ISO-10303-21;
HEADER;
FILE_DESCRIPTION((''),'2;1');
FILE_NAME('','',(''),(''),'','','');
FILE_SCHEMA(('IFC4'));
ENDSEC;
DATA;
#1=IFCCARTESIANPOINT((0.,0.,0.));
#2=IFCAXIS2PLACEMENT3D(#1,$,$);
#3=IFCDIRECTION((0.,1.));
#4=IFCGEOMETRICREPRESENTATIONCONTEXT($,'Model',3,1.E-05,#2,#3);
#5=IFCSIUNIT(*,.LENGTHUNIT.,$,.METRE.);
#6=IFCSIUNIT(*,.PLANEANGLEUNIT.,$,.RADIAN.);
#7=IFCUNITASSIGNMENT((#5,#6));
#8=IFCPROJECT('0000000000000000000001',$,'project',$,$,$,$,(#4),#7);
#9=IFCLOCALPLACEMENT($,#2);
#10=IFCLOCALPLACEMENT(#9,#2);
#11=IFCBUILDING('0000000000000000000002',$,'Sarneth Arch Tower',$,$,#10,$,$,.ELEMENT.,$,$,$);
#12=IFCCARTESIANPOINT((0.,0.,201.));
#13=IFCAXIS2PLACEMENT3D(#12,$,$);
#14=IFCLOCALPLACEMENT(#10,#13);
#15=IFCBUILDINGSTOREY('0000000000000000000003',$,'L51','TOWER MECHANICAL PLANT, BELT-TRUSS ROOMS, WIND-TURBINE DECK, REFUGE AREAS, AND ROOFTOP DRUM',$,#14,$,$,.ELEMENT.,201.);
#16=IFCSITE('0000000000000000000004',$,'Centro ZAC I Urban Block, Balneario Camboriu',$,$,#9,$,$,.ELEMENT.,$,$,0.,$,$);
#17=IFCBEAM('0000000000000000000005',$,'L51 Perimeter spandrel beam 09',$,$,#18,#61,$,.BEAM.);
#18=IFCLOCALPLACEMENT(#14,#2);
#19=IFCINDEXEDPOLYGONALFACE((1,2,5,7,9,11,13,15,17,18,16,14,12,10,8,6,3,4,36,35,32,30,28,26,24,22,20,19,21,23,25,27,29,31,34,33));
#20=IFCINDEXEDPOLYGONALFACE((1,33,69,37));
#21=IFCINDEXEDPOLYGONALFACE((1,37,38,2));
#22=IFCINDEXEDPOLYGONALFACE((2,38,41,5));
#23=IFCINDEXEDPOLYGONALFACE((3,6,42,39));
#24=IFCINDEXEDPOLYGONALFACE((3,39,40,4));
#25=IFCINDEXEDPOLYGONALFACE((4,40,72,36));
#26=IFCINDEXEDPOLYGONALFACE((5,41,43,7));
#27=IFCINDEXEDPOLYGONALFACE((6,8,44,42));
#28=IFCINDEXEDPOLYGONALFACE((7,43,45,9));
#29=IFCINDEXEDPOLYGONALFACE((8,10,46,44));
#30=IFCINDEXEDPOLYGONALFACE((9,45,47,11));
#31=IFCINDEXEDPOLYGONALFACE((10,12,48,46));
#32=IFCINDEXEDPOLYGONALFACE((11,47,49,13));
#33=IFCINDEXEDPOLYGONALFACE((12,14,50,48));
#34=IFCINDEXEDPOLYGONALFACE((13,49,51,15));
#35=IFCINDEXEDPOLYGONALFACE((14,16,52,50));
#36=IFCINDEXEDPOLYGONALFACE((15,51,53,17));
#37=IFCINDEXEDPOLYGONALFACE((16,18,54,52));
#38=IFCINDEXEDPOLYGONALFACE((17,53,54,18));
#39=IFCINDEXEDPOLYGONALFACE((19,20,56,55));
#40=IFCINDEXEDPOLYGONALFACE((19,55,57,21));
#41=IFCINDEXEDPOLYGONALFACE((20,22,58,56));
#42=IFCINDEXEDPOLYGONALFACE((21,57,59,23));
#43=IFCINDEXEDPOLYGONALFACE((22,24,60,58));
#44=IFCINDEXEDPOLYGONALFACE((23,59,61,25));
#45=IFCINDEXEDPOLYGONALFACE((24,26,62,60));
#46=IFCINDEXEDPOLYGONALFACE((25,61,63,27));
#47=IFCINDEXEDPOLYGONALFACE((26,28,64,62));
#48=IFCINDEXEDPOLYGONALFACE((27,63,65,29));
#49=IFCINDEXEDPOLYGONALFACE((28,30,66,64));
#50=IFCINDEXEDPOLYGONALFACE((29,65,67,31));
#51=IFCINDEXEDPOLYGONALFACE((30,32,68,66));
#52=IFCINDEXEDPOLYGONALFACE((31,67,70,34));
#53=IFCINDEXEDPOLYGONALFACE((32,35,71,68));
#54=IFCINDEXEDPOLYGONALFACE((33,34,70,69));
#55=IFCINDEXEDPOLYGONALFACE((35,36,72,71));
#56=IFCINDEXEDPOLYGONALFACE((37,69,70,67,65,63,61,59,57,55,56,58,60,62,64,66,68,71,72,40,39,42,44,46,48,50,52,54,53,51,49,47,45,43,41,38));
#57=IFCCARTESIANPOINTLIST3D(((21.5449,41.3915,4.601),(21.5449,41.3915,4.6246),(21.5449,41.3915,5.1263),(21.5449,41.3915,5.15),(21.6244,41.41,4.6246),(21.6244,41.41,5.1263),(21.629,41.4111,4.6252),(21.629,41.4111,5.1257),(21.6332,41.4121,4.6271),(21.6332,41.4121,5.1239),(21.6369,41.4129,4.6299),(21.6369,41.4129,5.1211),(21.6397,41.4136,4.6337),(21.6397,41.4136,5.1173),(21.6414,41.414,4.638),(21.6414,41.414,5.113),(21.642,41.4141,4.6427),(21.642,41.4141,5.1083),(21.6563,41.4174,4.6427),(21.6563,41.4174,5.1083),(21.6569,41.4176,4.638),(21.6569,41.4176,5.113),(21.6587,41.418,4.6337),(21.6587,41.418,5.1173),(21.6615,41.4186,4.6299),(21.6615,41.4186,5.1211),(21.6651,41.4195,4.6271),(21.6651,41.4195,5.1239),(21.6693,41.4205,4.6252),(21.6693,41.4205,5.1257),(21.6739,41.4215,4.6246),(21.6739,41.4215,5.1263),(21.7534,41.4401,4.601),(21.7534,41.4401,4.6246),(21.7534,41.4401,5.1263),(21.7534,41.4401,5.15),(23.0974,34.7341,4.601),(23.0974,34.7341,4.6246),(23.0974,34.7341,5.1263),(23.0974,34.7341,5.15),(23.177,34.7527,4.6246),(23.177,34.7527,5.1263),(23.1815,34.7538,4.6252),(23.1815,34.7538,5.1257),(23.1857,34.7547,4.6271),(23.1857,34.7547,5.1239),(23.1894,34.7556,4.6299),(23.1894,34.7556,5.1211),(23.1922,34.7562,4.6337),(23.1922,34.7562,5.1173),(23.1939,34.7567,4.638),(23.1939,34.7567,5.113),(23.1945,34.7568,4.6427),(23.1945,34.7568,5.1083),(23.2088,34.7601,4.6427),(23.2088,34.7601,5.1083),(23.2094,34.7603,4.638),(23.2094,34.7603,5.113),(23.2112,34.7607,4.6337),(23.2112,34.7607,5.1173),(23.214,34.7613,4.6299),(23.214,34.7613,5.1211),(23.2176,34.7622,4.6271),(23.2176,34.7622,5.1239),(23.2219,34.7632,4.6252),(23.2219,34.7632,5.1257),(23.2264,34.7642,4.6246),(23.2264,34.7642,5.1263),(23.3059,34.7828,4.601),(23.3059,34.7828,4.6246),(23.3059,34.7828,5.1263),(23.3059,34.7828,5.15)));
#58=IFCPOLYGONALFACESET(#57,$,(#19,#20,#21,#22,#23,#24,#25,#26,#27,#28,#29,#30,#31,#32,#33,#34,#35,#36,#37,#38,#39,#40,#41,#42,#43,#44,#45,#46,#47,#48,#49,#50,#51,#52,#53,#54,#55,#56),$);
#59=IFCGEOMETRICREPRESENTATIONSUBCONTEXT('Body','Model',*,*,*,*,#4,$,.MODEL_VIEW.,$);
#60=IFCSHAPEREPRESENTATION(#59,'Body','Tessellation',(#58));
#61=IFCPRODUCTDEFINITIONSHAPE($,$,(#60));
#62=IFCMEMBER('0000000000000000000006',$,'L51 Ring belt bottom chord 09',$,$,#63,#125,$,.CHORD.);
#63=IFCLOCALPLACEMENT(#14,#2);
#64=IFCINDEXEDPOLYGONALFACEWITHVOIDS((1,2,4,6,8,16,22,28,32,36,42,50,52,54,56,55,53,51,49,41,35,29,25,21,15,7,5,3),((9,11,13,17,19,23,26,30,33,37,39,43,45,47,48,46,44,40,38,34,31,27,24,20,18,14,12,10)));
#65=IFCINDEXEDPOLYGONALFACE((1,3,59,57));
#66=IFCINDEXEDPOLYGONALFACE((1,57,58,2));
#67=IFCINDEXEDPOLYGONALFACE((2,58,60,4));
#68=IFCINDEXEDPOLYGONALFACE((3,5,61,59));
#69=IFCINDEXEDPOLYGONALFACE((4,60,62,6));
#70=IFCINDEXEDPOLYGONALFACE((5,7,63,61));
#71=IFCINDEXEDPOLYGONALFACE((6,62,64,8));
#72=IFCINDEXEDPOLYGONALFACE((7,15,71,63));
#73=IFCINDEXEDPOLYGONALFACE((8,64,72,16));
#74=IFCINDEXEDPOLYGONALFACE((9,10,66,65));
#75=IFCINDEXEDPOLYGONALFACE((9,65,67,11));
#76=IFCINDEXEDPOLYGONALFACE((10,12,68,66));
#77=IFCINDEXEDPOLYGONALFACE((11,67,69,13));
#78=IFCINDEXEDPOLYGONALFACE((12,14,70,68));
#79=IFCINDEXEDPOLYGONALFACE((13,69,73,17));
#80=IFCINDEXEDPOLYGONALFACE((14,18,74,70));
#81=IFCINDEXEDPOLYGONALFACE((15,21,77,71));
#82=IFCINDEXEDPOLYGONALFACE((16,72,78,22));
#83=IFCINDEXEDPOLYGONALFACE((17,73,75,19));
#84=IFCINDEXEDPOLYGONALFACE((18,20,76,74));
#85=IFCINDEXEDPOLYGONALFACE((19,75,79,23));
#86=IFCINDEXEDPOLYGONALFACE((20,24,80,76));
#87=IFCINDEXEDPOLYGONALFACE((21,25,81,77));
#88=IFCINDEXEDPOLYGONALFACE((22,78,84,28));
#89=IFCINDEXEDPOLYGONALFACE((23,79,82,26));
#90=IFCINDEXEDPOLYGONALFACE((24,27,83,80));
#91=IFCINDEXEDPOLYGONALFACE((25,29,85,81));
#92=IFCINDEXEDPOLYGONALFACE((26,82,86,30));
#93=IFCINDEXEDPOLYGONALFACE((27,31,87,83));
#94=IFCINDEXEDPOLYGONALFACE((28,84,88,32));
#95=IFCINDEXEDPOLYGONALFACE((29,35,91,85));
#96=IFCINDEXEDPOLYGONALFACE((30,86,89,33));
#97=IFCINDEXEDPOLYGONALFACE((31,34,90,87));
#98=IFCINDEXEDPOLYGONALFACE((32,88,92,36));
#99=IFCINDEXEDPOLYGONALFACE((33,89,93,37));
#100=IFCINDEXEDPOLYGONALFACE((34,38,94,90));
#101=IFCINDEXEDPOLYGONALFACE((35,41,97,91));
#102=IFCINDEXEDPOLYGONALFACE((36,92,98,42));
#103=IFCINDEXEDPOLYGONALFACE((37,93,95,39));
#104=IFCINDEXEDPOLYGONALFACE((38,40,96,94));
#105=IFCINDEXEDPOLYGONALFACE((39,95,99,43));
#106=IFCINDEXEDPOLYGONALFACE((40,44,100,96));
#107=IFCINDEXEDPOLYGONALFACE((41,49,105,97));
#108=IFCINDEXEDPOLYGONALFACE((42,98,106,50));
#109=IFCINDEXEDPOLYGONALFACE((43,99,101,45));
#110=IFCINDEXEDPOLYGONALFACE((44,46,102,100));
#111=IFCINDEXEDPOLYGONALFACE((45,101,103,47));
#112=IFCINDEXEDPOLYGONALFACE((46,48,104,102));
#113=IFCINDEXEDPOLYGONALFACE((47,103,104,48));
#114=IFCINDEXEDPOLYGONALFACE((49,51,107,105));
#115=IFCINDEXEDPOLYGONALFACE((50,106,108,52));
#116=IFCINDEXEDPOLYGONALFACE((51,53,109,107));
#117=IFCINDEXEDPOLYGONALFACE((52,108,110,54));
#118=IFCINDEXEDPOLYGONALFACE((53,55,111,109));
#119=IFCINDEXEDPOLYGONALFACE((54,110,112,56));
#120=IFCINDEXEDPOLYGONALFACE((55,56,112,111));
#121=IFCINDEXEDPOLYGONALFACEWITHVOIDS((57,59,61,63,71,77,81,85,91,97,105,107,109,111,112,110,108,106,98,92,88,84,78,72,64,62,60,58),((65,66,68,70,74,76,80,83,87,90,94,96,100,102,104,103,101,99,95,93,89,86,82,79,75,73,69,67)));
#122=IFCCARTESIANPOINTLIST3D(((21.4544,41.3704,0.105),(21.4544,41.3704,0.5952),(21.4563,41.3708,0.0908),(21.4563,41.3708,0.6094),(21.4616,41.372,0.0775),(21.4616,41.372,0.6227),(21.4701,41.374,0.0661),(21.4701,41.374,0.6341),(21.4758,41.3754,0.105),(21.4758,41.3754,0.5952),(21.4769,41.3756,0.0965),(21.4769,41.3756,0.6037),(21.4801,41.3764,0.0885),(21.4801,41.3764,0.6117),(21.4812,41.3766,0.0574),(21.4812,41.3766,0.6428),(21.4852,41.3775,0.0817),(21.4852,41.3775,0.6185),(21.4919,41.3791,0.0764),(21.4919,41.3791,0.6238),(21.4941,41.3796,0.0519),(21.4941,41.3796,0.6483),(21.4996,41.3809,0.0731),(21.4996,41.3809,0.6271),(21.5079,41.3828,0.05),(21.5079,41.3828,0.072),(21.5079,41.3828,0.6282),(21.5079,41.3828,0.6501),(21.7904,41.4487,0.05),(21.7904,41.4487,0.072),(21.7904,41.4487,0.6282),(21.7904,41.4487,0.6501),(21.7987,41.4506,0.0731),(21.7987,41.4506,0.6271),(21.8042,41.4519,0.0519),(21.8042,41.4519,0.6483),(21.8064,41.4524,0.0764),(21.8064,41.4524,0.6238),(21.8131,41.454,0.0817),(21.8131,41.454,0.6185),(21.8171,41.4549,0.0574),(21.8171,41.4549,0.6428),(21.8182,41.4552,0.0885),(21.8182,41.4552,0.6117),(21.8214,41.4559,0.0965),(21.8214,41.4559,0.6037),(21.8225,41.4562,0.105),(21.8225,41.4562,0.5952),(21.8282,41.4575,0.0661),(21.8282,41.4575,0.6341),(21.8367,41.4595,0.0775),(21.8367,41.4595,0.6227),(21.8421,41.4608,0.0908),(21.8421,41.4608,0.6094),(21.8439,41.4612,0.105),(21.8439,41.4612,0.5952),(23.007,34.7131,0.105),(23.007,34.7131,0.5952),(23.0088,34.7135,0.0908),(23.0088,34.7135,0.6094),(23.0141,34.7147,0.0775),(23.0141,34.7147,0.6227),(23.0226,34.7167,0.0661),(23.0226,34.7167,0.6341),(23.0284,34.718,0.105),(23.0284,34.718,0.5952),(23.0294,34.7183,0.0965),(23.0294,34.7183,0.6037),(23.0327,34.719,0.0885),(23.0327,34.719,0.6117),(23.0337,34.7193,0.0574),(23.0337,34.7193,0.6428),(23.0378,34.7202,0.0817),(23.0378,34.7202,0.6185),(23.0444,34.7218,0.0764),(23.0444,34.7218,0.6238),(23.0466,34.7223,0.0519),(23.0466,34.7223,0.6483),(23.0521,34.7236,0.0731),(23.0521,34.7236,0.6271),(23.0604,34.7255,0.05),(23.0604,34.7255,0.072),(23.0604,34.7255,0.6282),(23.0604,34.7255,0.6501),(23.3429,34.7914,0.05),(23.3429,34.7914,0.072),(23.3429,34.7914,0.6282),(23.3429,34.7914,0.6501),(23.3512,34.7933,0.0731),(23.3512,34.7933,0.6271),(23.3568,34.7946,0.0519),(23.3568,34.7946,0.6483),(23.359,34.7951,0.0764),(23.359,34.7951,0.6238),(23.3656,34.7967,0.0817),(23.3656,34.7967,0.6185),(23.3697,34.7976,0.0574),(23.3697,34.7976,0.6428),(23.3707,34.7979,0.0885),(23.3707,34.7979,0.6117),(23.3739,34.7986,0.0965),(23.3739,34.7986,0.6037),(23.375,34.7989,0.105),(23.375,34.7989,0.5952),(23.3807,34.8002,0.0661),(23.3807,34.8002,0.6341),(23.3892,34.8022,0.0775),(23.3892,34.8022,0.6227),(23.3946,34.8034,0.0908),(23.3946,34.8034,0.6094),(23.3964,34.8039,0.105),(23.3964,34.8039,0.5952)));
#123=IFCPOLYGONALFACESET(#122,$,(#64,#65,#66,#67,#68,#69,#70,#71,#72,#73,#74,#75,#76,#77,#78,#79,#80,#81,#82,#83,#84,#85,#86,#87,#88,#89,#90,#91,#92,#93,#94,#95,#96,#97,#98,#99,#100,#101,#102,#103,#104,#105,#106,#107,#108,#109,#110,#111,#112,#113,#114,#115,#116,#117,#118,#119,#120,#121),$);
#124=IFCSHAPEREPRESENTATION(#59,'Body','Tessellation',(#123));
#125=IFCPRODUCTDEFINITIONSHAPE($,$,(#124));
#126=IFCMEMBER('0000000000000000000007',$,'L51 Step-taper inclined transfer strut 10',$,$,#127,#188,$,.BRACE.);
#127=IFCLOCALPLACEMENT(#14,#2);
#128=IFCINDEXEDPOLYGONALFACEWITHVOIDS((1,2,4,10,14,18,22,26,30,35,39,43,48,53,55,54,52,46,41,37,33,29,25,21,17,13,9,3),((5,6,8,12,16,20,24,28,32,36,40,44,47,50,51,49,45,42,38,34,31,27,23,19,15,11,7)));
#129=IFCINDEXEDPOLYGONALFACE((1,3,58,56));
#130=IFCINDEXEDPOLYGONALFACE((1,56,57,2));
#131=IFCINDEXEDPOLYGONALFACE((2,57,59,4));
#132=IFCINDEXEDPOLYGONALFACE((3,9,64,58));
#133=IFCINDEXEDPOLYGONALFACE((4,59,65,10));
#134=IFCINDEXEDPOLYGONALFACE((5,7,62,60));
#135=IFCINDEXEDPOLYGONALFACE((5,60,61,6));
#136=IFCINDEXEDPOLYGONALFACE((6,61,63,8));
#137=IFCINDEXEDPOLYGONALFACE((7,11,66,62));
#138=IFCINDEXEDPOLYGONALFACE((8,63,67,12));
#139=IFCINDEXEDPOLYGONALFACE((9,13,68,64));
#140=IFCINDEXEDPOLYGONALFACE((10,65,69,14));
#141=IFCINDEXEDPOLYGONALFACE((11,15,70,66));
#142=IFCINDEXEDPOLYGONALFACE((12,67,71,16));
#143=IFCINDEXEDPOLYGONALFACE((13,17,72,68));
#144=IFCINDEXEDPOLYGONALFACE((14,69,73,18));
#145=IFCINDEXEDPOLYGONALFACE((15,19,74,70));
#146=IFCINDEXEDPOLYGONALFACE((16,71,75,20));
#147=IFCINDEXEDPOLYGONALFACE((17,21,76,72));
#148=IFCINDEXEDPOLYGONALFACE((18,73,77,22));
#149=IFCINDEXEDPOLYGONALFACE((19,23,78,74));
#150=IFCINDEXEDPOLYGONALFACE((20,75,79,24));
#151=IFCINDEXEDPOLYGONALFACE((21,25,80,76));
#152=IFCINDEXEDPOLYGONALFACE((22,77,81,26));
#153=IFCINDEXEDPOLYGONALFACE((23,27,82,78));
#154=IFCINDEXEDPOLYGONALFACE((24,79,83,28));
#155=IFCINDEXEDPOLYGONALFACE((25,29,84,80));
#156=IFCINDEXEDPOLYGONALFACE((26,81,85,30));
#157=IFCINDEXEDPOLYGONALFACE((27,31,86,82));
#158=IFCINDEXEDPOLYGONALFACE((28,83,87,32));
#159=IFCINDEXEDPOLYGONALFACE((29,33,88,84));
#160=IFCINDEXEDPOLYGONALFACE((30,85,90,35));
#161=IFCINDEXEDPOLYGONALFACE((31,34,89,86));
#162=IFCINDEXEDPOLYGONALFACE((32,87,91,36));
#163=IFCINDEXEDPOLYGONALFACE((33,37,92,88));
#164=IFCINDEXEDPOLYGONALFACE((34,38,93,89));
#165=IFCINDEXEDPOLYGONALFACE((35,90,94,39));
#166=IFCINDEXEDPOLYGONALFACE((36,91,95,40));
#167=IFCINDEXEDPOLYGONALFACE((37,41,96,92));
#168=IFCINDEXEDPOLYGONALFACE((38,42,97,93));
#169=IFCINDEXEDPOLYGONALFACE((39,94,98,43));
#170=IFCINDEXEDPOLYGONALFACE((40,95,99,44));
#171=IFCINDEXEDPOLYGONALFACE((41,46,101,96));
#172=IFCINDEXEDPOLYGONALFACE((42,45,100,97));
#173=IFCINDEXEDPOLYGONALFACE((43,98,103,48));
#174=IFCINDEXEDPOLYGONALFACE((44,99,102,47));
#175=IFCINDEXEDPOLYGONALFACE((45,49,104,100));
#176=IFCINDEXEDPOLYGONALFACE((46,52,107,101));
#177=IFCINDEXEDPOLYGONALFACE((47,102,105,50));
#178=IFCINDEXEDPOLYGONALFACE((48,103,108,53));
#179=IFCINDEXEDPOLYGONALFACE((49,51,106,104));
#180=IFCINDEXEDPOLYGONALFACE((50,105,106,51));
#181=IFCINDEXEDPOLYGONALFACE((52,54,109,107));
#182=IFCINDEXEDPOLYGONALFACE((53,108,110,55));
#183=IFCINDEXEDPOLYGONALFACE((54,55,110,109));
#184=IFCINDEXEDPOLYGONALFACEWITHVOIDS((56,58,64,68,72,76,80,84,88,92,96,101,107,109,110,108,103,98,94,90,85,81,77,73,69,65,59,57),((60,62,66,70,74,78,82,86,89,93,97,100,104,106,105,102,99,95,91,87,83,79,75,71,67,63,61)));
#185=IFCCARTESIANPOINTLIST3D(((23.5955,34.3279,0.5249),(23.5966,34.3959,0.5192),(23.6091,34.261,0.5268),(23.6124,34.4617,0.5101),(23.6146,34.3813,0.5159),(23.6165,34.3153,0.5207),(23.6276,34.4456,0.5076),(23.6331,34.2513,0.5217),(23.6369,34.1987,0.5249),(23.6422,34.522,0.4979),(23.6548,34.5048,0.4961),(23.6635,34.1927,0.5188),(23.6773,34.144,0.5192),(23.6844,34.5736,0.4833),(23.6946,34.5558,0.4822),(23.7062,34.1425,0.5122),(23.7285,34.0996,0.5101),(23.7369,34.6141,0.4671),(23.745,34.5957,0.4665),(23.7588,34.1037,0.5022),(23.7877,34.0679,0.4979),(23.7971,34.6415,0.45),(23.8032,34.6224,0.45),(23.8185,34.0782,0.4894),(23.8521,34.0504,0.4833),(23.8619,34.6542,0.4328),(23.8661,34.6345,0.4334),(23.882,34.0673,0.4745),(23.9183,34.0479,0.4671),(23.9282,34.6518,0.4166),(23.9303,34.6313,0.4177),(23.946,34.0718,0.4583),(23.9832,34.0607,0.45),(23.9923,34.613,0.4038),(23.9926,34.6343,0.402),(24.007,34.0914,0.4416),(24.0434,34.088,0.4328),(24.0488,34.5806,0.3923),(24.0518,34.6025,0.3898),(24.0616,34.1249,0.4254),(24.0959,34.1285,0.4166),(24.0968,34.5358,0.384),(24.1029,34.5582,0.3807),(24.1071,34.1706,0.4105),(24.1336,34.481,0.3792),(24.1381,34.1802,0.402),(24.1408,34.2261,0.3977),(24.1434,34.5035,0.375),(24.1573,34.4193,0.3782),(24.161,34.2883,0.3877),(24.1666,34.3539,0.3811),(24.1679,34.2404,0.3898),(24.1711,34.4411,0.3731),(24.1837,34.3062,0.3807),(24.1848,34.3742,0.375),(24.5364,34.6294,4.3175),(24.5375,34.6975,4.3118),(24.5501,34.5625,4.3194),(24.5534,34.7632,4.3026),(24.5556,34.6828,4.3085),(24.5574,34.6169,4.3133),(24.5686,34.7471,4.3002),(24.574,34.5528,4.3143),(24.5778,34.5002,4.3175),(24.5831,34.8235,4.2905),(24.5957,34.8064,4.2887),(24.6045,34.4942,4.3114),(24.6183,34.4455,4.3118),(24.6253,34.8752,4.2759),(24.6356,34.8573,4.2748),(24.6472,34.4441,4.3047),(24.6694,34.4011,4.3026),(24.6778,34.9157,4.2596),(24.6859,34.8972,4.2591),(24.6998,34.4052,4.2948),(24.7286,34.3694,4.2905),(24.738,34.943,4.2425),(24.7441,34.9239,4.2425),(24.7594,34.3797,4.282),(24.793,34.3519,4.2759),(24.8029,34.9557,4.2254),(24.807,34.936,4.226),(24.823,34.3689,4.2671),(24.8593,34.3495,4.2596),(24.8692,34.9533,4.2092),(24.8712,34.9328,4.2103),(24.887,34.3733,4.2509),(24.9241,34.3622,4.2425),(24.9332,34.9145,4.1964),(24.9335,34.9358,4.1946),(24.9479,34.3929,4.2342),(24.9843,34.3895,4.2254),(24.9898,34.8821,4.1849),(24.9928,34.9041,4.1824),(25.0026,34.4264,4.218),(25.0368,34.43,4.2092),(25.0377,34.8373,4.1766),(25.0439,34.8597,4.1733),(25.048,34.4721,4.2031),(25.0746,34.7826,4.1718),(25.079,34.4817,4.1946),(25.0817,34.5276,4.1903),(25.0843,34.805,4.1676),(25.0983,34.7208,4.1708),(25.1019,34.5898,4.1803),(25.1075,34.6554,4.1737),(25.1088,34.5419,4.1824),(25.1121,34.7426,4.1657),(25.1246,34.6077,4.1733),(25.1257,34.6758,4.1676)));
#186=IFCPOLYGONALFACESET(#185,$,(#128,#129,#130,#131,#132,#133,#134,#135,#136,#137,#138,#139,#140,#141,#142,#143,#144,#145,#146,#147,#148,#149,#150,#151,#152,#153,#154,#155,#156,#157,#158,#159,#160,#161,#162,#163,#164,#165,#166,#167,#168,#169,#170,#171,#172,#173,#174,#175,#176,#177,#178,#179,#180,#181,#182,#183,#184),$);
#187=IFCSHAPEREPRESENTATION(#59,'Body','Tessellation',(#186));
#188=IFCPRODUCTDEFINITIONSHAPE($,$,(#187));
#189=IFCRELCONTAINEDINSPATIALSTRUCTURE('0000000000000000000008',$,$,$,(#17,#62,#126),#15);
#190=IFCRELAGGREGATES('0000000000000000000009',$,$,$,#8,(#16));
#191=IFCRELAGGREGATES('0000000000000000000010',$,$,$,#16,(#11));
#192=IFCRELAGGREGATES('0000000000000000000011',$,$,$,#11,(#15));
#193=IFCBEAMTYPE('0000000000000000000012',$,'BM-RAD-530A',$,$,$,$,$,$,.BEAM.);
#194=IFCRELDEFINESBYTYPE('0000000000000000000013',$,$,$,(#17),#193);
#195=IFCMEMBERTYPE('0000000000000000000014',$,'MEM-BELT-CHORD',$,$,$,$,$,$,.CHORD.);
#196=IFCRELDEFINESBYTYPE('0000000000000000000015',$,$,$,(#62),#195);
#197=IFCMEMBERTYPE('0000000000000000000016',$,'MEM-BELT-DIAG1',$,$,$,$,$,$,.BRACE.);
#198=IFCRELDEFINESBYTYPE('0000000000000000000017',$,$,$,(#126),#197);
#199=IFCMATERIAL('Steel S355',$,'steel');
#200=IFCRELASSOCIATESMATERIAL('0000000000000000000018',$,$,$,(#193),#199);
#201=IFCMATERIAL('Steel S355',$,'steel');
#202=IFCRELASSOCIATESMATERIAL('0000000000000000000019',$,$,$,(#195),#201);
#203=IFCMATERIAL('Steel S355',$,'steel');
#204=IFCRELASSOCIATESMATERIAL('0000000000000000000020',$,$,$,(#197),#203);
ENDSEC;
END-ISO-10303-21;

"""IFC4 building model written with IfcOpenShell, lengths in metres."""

from ifc_helpers import new_model, si_unit, direction, frame, origin, origin_2d, place, context, subcontext, project, spatial, hollow_rectangle, hollow_circle, i_section, extrude, material, material_profile, profile_set, type_object, element, save


model = new_model("IFC4")

# Units and contexts
model_context = context("Model", 3, precision=1e-05, world=origin(), true_north=direction((0.0, 1.0)))
body_context = subcontext(model_context, "Body", "Model", "MODEL_VIEW")
ifc_project = project(units=[si_unit("LENGTHUNIT", "METRE"), si_unit("PLANEANGLEUNIT", "RADIAN")], contexts=[model_context])

# Site, building, storey
site_placement = place(None, origin())
site = spatial("IfcSite", under=ifc_project, at=site_placement, Name="Centro ZAC I Urban Block, Balneario Camboriu", CompositionType="ELEMENT", RefElevation=0.0)
building_placement = place(site_placement, origin())
building = spatial("IfcBuilding", under=site, at=building_placement, Name="Sarneth Arch Tower", CompositionType="ELEMENT")
storey_placement = place(building_placement, frame((0.0, 0.0, 201.0)))
storey = spatial("IfcBuildingStorey", under=building, at=storey_placement, Name="L51", Description="TOWER MECHANICAL PLANT, BELT-TRUSS ROOMS, WIND-TURBINE DECK, REFUGE AREAS, AND ROOFTOP DRUM", CompositionType="ELEMENT", Elevation=201.0)

# Beam
ifc_material_1 = material(Name="Steel S355", Category="steel")
ifc_material_profile_1 = material_profile(ifc_material_1, i_section(OverallWidth=0.2141, OverallDepth=0.5491, WebThickness=0.0146, FlangeThickness=0.0237, FilletRadius=0.0181, at=origin_2d()), Name="W530x138")
ifc_profile_set_1 = profile_set([ifc_material_profile_1], Name="Steel S355")
beam_type_1 = type_object("IfcBeamType", Name="BM-RAD-530A", PredefinedType="BEAM", material=ifc_profile_set_1)
beam_1_placement = place(storey_placement, frame((21.6492, 41.4158, 4.8755), z_axis=(0.22711, -0.973869, 0.0), x_axis=(0.973869, 0.22711, 0.0)))
element("IfcBeam", 1, at=beam_1_placement, inside=storey, type_object=beam_type_1, Name="L51 Perimeter spandrel beam 09", PredefinedType="BEAM", context=body_context, shape_type="SweptSolid", body=[
    extrude(i_section(OverallWidth=0.2141, OverallDepth=0.5491, WebThickness=0.0146, FlangeThickness=0.0237, FilletRadius=0.0181, at=origin_2d()), origin(), (0.0, 0.0, 1.0), 6.8359),
])

# Members
ifc_material_2 = material(Name="Steel S355", Category="steel")
ifc_material_profile_2 = material_profile(ifc_material_2, hollow_rectangle(XDim=0.3999, YDim=0.6001, WallThickness=0.022, InnerFilletRadius=0.033, OuterFilletRadius=0.0549, at=origin_2d()), Name="RHS600x400x22")
ifc_profile_set_2 = profile_set([ifc_material_profile_2], Name="Steel S355")
member_type_1 = type_object("IfcMemberType", Name="MEM-BELT-CHORD", PredefinedType="CHORD", material=ifc_profile_set_2)
member_1_placement = place(storey_placement, frame((21.6492, 41.4158, 0.3501), z_axis=(0.22711, -0.973869, 0.0), x_axis=(0.973869, 0.22711, 0.0)))
element("IfcMember", 2, at=member_1_placement, inside=storey, type_object=member_type_1, Name="L51 Ring belt bottom chord 09", PredefinedType="CHORD", context=body_context, shape_type="SweptSolid", body=[
    extrude(hollow_rectangle(XDim=0.3999, YDim=0.6001, WallThickness=0.022, InnerFilletRadius=0.033, OuterFilletRadius=0.0549, at=origin_2d()), origin(), (0.0, 0.0, 1.0), 6.8359),
])
ifc_material_3 = material(Name="Steel S355", Category="steel")
ifc_material_profile_3 = material_profile(ifc_material_3, hollow_circle(Radius=0.3049, WallThickness=0.02, at=origin_2d()), Name="CHS610x20")
ifc_profile_set_3 = profile_set([ifc_material_profile_3], Name="Steel S355")
member_type_2 = type_object("IfcMemberType", Name="MEM-BELT-DIAG1", PredefinedType="BRACE", material=ifc_profile_set_3)
member_2_placement = place(storey_placement, frame((23.8901, 34.3511, 0.45), z_axis=(0.240087, 0.076935, 0.967698), x_axis=(-0.305161, 0.952301, 0.0)))
element("IfcMember", 3, at=member_2_placement, inside=storey, type_object=member_type_2, Name="L51 Step-taper inclined transfer strut 10", PredefinedType="BRACE", context=body_context, shape_type="SweptSolid", body=[
    extrude(hollow_circle(Radius=0.3049, WallThickness=0.02, at=origin_2d()), origin(), (0.0, 0.0, 1.0), 3.9192),
])

save(model, "model.ifc")
